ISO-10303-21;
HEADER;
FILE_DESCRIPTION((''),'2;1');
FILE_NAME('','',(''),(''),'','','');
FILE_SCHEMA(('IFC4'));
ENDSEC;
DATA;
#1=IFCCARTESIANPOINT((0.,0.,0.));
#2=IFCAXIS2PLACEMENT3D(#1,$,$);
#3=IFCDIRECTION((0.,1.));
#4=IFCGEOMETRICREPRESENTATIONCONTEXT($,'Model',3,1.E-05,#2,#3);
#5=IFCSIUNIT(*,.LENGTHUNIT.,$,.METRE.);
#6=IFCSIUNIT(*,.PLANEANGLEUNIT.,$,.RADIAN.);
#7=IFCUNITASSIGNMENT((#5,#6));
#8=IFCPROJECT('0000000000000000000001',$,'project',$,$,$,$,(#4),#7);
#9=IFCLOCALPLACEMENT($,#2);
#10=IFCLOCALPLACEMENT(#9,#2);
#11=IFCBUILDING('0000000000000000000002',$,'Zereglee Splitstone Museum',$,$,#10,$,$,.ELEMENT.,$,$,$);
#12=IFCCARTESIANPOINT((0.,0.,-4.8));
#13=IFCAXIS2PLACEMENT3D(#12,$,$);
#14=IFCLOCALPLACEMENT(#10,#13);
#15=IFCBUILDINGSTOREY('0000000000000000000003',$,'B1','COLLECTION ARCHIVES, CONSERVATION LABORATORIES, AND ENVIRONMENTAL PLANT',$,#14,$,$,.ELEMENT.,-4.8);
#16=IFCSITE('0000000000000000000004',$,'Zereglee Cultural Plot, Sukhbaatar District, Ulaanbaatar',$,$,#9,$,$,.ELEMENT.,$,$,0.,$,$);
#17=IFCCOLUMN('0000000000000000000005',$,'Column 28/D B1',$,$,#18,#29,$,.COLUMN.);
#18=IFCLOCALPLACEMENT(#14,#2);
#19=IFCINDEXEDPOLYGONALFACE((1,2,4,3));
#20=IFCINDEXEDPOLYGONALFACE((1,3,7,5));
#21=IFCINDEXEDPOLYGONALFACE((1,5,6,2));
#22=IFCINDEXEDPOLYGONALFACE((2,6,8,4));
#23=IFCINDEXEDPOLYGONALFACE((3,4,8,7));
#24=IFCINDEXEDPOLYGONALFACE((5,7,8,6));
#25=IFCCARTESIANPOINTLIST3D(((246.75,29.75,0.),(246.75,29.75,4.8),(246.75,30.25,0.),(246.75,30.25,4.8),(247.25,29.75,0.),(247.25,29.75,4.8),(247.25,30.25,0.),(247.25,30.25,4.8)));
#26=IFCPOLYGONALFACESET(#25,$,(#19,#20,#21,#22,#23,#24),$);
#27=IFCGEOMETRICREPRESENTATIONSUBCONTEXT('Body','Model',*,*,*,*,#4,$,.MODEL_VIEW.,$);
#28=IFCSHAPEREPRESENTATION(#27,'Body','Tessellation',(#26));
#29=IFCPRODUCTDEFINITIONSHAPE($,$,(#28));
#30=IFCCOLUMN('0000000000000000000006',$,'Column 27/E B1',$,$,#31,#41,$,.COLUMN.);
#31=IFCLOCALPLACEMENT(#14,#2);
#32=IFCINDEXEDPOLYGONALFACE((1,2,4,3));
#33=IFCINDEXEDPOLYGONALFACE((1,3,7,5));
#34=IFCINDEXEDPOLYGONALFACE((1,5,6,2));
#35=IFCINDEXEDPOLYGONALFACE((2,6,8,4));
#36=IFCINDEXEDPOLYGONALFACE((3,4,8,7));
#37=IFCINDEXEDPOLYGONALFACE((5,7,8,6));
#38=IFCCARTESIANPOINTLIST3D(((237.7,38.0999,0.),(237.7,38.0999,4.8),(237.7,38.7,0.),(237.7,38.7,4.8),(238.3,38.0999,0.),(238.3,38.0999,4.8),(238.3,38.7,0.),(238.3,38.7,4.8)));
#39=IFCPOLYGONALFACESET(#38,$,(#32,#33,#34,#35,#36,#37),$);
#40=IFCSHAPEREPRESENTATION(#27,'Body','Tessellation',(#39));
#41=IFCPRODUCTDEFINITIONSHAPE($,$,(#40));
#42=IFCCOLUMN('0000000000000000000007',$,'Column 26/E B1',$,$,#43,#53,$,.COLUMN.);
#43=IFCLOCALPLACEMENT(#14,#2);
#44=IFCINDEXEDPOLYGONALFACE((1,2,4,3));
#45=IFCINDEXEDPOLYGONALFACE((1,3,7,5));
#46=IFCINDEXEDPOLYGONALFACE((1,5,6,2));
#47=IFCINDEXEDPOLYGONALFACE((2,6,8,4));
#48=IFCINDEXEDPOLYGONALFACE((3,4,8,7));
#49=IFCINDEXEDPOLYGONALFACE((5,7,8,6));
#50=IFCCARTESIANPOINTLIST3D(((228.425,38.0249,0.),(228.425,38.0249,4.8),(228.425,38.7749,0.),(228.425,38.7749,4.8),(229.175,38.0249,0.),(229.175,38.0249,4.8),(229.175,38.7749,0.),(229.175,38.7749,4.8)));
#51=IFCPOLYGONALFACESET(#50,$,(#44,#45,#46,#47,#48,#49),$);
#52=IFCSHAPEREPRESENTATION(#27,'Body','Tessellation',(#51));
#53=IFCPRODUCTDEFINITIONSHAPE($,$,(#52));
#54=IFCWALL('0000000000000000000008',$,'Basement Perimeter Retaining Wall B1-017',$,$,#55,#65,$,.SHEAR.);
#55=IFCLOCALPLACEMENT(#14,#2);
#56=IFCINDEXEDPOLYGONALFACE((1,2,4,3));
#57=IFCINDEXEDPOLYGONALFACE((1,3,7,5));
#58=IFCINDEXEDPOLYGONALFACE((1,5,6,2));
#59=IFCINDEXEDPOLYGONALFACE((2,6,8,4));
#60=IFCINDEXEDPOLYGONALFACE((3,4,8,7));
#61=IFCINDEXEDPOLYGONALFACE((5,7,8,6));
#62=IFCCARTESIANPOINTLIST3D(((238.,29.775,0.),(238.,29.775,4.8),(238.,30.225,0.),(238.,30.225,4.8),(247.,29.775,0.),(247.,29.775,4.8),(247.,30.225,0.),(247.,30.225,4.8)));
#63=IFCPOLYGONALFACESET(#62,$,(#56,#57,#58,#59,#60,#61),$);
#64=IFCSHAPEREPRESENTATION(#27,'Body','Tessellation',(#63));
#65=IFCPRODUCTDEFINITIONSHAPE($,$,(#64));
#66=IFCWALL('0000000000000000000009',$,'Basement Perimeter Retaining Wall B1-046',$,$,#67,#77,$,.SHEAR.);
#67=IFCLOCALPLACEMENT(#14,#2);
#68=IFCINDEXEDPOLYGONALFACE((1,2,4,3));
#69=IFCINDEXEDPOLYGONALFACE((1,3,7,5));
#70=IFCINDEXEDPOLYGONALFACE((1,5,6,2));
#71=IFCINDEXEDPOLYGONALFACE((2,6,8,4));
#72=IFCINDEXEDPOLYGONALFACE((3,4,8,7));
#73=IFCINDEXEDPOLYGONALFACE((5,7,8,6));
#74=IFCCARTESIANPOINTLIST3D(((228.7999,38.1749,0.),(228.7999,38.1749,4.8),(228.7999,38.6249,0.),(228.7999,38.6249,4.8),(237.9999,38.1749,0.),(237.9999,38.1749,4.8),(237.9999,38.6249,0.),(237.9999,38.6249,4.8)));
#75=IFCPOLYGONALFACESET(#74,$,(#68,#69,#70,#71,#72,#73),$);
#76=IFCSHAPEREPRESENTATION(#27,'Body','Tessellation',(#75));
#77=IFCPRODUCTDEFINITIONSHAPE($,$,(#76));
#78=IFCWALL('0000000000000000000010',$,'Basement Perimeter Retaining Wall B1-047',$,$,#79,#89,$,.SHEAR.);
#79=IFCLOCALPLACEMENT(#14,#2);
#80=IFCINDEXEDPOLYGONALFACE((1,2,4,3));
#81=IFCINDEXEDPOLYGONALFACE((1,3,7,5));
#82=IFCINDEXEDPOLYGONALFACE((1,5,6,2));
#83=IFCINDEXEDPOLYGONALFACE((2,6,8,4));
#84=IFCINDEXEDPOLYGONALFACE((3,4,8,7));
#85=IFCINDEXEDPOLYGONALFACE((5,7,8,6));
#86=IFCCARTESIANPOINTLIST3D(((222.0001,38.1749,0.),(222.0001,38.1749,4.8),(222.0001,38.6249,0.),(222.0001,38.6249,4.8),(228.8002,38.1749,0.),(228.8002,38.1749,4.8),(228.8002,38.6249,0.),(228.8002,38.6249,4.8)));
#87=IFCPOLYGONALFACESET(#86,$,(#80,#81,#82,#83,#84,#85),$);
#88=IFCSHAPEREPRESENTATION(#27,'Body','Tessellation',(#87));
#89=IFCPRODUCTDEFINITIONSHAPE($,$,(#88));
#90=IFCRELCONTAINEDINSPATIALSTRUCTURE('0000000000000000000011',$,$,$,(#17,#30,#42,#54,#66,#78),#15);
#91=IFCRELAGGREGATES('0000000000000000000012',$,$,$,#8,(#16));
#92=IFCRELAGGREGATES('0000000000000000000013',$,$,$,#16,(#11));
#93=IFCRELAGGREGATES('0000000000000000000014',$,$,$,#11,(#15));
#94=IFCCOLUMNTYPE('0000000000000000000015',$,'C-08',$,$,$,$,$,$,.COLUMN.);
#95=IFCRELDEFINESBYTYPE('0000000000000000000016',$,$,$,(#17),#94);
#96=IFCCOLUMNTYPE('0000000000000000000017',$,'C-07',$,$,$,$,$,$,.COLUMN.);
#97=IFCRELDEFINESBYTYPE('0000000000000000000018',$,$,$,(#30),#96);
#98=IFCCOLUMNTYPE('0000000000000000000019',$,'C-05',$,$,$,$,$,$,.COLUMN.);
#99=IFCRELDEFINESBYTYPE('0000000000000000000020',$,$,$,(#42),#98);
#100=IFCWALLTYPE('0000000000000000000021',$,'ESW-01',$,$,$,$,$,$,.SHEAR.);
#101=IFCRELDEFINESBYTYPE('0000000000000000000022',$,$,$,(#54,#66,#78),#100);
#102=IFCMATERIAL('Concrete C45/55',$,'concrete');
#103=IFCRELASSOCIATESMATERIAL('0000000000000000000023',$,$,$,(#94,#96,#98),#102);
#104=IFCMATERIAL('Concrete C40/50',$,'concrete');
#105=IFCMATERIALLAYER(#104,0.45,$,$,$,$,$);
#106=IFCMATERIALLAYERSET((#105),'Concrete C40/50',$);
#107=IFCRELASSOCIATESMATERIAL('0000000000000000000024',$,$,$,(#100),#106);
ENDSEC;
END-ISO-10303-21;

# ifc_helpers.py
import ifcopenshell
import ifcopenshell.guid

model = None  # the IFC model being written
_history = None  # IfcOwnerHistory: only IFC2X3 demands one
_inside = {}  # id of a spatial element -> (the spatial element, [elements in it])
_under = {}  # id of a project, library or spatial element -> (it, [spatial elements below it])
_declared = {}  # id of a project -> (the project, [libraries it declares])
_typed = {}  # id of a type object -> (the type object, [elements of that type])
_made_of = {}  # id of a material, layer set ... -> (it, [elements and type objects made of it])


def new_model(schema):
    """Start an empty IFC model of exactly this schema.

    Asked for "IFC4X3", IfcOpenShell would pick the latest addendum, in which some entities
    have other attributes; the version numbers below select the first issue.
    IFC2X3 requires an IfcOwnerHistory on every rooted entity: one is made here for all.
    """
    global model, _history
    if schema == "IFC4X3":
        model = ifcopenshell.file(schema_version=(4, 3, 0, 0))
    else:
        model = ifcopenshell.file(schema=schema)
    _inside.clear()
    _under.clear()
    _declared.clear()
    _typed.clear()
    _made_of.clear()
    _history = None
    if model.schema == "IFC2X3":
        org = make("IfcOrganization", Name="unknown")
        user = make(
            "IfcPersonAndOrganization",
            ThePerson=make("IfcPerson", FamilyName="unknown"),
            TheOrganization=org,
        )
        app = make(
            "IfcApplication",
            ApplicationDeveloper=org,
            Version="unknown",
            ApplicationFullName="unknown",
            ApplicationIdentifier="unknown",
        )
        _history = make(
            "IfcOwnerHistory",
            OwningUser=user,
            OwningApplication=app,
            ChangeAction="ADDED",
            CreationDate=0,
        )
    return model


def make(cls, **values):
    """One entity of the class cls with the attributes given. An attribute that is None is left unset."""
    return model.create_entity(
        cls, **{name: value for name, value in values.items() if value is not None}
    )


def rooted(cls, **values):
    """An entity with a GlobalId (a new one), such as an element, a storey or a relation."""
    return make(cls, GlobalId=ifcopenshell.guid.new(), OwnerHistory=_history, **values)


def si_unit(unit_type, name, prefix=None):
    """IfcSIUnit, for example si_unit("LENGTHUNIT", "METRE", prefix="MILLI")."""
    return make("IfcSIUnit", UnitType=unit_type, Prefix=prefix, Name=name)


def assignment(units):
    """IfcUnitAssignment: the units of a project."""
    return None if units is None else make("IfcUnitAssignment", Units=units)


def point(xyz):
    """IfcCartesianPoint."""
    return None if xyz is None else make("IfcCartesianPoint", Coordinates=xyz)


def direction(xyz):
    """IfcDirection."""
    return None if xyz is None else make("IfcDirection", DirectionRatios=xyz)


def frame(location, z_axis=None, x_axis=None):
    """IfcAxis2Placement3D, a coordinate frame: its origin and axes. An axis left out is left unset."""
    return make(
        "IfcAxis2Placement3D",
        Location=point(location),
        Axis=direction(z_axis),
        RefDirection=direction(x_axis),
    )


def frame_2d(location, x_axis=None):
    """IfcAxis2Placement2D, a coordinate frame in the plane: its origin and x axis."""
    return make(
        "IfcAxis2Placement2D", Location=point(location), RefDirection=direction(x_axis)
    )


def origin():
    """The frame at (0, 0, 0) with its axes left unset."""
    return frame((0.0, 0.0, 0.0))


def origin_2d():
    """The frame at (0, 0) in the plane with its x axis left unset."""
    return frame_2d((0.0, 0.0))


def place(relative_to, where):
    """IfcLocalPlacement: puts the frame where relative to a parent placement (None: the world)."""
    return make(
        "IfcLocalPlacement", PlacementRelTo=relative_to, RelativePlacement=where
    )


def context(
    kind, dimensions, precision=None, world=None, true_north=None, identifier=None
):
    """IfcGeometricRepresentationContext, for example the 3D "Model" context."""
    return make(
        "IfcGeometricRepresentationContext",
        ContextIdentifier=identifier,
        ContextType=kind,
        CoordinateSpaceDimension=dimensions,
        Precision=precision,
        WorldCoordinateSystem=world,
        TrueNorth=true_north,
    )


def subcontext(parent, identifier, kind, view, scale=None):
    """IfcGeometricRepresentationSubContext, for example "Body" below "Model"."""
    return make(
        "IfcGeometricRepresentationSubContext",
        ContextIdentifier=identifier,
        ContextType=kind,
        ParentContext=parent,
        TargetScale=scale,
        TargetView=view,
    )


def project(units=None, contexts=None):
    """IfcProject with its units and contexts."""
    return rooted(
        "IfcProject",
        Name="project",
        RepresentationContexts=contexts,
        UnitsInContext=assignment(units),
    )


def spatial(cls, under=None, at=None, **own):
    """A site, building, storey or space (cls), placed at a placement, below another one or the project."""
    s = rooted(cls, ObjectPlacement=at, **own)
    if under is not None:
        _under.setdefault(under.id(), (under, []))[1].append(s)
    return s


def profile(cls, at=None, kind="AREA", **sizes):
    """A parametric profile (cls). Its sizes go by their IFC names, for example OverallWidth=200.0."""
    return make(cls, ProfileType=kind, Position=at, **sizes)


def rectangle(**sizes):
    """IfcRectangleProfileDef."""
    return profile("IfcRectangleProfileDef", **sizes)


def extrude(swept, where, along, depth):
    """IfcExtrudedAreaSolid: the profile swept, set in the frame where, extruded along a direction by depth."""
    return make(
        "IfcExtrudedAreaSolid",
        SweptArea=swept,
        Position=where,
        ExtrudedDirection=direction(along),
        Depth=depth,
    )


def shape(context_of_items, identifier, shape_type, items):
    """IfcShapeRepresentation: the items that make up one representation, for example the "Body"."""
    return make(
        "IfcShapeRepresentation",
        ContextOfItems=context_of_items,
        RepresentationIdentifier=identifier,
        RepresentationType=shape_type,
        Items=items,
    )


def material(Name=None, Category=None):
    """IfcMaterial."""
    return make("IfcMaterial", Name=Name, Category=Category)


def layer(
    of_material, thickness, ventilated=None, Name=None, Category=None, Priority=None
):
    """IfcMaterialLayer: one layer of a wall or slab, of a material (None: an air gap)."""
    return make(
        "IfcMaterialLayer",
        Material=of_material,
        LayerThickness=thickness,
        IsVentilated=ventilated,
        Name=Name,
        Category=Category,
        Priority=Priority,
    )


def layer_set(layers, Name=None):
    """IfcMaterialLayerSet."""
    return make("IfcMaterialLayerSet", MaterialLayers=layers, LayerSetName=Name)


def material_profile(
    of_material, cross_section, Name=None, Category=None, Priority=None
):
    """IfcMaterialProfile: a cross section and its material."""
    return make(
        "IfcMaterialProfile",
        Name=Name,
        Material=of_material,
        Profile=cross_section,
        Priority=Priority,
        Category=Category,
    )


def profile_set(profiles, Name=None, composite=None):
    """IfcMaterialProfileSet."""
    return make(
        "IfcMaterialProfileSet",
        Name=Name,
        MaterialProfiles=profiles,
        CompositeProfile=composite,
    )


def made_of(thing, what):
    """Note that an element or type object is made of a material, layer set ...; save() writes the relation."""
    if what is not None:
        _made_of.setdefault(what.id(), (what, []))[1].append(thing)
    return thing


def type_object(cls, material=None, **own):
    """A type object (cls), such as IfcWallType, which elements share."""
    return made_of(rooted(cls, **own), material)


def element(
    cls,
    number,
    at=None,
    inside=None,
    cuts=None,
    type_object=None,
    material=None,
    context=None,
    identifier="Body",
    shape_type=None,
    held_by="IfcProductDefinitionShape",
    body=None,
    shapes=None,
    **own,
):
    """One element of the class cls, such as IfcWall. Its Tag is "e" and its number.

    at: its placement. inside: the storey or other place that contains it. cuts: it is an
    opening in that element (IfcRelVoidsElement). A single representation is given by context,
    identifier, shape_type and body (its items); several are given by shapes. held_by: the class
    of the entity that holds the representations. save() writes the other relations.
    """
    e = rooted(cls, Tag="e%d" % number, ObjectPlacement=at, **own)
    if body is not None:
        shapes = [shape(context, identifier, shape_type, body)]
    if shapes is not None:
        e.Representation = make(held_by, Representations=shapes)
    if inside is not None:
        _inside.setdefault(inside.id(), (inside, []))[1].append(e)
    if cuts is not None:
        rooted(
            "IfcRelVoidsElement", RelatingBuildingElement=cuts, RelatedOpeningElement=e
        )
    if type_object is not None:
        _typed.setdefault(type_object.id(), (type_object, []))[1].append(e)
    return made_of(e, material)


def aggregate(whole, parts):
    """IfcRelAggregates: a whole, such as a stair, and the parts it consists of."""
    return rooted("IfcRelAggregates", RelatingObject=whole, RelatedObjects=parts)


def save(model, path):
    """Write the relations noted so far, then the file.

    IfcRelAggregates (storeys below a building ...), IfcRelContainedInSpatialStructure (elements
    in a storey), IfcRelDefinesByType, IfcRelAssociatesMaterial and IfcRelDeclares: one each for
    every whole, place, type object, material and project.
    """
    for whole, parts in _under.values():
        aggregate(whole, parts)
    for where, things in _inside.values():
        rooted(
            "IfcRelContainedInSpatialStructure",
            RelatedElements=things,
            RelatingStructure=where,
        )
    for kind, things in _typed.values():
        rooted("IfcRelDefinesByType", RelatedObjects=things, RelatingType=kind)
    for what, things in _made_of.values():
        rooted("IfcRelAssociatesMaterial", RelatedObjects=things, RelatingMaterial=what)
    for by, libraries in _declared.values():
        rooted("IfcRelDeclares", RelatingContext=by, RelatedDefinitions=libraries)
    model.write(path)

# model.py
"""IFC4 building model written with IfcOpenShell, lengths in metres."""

from ifc_helpers import new_model, si_unit, direction, frame, frame_2d, origin, origin_2d, place, context, subcontext, project, spatial, rectangle, extrude, material, layer, layer_set, material_profile, profile_set, type_object, element, save


model = new_model("IFC4")

# Units and contexts
model_context = context("Model", 3, precision=1e-05, world=origin(), true_north=direction((0.0, 1.0)))
body_context = subcontext(model_context, "Body", "Model", "MODEL_VIEW")
ifc_project = project(units=[si_unit("LENGTHUNIT", "METRE"), si_unit("PLANEANGLEUNIT", "RADIAN")], contexts=[model_context])

# Site, building, storey
site_placement = place(None, origin())
site = spatial("IfcSite", under=ifc_project, at=site_placement, Name="Zereglee Cultural Plot, Sukhbaatar District, Ulaanbaatar", CompositionType="ELEMENT", RefElevation=0.0)
building_placement = place(site_placement, origin())
building = spatial("IfcBuilding", under=site, at=building_placement, Name="Zereglee Splitstone Museum", CompositionType="ELEMENT")
storey_placement = place(building_placement, frame((0.0, 0.0, -4.8)))
storey = spatial("IfcBuildingStorey", under=building, at=storey_placement, Name="B1", Description="COLLECTION ARCHIVES, CONSERVATION LABORATORIES, AND ENVIRONMENTAL PLANT", CompositionType="ELEMENT", Elevation=-4.8)

# Shared definitions
ifc_material_1 = material(Name="Concrete C40/50", Category="concrete")

# Columns
ifc_material_2 = material(Name="Concrete C45/55", Category="concrete")
ifc_material_profile_1 = material_profile(ifc_material_2, rectangle(XDim=0.5, YDim=0.5, at=origin_2d()), Name="RC 500x500")
ifc_profile_set_1 = profile_set([ifc_material_profile_1], Name="Concrete C45/55")
column_type_1 = type_object("IfcColumnType", Name="C-08", PredefinedType="COLUMN", material=ifc_profile_set_1)
column_1_placement = place(storey_placement, frame((247.0, 30.0, 0.0), z_axis=(0.0, 0.0, 1.0), x_axis=(1.0, 0.0, 0.0)))
element("IfcColumn", 1, at=column_1_placement, inside=storey, type_object=column_type_1, Name="Column 28/D B1", PredefinedType="COLUMN", context=body_context, shape_type="SweptSolid", body=[
    extrude(rectangle(XDim=0.5, YDim=0.5, at=origin_2d()), origin(), (0.0, 0.0, 1.0), 4.8),
])
ifc_material_profile_2 = material_profile(ifc_material_2, rectangle(XDim=0.6001, YDim=0.6001, at=origin_2d()), Name="RC 600x600")
ifc_profile_set_2 = profile_set([ifc_material_profile_2], Name="Concrete C45/55")
column_type_2 = type_object("IfcColumnType", Name="C-07", PredefinedType="COLUMN", material=ifc_profile_set_2)
column_2_placement = place(storey_placement, frame((238.0, 38.3999, 0.0), z_axis=(0.0, 0.0, 1.0), x_axis=(1.0, 0.0, 0.0)))
element("IfcColumn", 2, at=column_2_placement, inside=storey, type_object=column_type_2, Name="Column 27/E B1", PredefinedType="COLUMN", context=body_context, shape_type="SweptSolid", body=[
    extrude(rectangle(XDim=0.6001, YDim=0.6001, at=origin_2d()), origin(), (0.0, 0.0, 1.0), 4.8),
])
ifc_material_profile_3 = material_profile(ifc_material_2, rectangle(XDim=0.75, YDim=0.75, at=origin_2d()), Name="RC 750x750")
ifc_profile_set_3 = profile_set([ifc_material_profile_3], Name="Concrete C45/55")
column_type_3 = type_object("IfcColumnType", Name="C-05", PredefinedType="COLUMN", material=ifc_profile_set_3)
column_3_placement = place(storey_placement, frame((228.8, 38.3999, 0.0), z_axis=(0.0, 0.0, 1.0), x_axis=(1.0, 0.0, 0.0)))
element("IfcColumn", 3, at=column_3_placement, inside=storey, type_object=column_type_3, Name="Column 26/E B1", PredefinedType="COLUMN", context=body_context, shape_type="SweptSolid", body=[
    extrude(rectangle(XDim=0.75, YDim=0.75, at=origin_2d()), origin(), (0.0, 0.0, 1.0), 4.8),
])

# Walls
ifc_layer_1 = layer(ifc_material_1, 0.45)
ifc_layer_set_1 = layer_set([ifc_layer_1], Name="Concrete C40/50")
wall_type = type_object("IfcWallType", Name="ESW-01", PredefinedType="SHEAR", material=ifc_layer_set_1)
wall_1_placement = place(storey_placement, frame((238.0, 30.0, 0.0), z_axis=(0.0, 0.0, 1.0), x_axis=(1.0, 0.0, 0.0)))
element("IfcWall", 4, at=wall_1_placement, inside=storey, type_object=wall_type, Name="Basement Perimeter Retaining Wall B1-017", PredefinedType="SHEAR", context=body_context, shape_type="SweptSolid", body=[
    extrude(rectangle(XDim=9.0, YDim=0.45, at=frame_2d((4.5, 0.0))), origin(), (0.0, 0.0, 1.0), 4.8),
])
wall_2_placement = place(storey_placement, frame((238.0, 38.3999, 0.0), z_axis=(0.0, 0.0, 1.0), x_axis=(-1.0, 0.0, 0.0)))
element("IfcWall", 5, at=wall_2_placement, inside=storey, type_object=wall_type, Name="Basement Perimeter Retaining Wall B1-046", PredefinedType="SHEAR", context=body_context, shape_type="SweptSolid", body=[
    extrude(rectangle(XDim=9.2, YDim=0.45, at=frame_2d((4.6001, 0.0))), origin(), (0.0, 0.0, 1.0), 4.8),
])
wall_3_placement = place(storey_placement, frame((228.8, 38.3999, 0.0), z_axis=(0.0, 0.0, 1.0), x_axis=(-1.0, 0.0, 0.0)))
element("IfcWall", 6, at=wall_3_placement, inside=storey, type_object=wall_type, Name="Basement Perimeter Retaining Wall B1-047", PredefinedType="SHEAR", context=body_context, shape_type="SweptSolid", body=[
    extrude(rectangle(XDim=6.8, YDim=0.45, at=frame_2d((3.3999, 0.0))), origin(), (0.0, 0.0, 1.0), 4.8),
])

save(model, "model.ifc")
